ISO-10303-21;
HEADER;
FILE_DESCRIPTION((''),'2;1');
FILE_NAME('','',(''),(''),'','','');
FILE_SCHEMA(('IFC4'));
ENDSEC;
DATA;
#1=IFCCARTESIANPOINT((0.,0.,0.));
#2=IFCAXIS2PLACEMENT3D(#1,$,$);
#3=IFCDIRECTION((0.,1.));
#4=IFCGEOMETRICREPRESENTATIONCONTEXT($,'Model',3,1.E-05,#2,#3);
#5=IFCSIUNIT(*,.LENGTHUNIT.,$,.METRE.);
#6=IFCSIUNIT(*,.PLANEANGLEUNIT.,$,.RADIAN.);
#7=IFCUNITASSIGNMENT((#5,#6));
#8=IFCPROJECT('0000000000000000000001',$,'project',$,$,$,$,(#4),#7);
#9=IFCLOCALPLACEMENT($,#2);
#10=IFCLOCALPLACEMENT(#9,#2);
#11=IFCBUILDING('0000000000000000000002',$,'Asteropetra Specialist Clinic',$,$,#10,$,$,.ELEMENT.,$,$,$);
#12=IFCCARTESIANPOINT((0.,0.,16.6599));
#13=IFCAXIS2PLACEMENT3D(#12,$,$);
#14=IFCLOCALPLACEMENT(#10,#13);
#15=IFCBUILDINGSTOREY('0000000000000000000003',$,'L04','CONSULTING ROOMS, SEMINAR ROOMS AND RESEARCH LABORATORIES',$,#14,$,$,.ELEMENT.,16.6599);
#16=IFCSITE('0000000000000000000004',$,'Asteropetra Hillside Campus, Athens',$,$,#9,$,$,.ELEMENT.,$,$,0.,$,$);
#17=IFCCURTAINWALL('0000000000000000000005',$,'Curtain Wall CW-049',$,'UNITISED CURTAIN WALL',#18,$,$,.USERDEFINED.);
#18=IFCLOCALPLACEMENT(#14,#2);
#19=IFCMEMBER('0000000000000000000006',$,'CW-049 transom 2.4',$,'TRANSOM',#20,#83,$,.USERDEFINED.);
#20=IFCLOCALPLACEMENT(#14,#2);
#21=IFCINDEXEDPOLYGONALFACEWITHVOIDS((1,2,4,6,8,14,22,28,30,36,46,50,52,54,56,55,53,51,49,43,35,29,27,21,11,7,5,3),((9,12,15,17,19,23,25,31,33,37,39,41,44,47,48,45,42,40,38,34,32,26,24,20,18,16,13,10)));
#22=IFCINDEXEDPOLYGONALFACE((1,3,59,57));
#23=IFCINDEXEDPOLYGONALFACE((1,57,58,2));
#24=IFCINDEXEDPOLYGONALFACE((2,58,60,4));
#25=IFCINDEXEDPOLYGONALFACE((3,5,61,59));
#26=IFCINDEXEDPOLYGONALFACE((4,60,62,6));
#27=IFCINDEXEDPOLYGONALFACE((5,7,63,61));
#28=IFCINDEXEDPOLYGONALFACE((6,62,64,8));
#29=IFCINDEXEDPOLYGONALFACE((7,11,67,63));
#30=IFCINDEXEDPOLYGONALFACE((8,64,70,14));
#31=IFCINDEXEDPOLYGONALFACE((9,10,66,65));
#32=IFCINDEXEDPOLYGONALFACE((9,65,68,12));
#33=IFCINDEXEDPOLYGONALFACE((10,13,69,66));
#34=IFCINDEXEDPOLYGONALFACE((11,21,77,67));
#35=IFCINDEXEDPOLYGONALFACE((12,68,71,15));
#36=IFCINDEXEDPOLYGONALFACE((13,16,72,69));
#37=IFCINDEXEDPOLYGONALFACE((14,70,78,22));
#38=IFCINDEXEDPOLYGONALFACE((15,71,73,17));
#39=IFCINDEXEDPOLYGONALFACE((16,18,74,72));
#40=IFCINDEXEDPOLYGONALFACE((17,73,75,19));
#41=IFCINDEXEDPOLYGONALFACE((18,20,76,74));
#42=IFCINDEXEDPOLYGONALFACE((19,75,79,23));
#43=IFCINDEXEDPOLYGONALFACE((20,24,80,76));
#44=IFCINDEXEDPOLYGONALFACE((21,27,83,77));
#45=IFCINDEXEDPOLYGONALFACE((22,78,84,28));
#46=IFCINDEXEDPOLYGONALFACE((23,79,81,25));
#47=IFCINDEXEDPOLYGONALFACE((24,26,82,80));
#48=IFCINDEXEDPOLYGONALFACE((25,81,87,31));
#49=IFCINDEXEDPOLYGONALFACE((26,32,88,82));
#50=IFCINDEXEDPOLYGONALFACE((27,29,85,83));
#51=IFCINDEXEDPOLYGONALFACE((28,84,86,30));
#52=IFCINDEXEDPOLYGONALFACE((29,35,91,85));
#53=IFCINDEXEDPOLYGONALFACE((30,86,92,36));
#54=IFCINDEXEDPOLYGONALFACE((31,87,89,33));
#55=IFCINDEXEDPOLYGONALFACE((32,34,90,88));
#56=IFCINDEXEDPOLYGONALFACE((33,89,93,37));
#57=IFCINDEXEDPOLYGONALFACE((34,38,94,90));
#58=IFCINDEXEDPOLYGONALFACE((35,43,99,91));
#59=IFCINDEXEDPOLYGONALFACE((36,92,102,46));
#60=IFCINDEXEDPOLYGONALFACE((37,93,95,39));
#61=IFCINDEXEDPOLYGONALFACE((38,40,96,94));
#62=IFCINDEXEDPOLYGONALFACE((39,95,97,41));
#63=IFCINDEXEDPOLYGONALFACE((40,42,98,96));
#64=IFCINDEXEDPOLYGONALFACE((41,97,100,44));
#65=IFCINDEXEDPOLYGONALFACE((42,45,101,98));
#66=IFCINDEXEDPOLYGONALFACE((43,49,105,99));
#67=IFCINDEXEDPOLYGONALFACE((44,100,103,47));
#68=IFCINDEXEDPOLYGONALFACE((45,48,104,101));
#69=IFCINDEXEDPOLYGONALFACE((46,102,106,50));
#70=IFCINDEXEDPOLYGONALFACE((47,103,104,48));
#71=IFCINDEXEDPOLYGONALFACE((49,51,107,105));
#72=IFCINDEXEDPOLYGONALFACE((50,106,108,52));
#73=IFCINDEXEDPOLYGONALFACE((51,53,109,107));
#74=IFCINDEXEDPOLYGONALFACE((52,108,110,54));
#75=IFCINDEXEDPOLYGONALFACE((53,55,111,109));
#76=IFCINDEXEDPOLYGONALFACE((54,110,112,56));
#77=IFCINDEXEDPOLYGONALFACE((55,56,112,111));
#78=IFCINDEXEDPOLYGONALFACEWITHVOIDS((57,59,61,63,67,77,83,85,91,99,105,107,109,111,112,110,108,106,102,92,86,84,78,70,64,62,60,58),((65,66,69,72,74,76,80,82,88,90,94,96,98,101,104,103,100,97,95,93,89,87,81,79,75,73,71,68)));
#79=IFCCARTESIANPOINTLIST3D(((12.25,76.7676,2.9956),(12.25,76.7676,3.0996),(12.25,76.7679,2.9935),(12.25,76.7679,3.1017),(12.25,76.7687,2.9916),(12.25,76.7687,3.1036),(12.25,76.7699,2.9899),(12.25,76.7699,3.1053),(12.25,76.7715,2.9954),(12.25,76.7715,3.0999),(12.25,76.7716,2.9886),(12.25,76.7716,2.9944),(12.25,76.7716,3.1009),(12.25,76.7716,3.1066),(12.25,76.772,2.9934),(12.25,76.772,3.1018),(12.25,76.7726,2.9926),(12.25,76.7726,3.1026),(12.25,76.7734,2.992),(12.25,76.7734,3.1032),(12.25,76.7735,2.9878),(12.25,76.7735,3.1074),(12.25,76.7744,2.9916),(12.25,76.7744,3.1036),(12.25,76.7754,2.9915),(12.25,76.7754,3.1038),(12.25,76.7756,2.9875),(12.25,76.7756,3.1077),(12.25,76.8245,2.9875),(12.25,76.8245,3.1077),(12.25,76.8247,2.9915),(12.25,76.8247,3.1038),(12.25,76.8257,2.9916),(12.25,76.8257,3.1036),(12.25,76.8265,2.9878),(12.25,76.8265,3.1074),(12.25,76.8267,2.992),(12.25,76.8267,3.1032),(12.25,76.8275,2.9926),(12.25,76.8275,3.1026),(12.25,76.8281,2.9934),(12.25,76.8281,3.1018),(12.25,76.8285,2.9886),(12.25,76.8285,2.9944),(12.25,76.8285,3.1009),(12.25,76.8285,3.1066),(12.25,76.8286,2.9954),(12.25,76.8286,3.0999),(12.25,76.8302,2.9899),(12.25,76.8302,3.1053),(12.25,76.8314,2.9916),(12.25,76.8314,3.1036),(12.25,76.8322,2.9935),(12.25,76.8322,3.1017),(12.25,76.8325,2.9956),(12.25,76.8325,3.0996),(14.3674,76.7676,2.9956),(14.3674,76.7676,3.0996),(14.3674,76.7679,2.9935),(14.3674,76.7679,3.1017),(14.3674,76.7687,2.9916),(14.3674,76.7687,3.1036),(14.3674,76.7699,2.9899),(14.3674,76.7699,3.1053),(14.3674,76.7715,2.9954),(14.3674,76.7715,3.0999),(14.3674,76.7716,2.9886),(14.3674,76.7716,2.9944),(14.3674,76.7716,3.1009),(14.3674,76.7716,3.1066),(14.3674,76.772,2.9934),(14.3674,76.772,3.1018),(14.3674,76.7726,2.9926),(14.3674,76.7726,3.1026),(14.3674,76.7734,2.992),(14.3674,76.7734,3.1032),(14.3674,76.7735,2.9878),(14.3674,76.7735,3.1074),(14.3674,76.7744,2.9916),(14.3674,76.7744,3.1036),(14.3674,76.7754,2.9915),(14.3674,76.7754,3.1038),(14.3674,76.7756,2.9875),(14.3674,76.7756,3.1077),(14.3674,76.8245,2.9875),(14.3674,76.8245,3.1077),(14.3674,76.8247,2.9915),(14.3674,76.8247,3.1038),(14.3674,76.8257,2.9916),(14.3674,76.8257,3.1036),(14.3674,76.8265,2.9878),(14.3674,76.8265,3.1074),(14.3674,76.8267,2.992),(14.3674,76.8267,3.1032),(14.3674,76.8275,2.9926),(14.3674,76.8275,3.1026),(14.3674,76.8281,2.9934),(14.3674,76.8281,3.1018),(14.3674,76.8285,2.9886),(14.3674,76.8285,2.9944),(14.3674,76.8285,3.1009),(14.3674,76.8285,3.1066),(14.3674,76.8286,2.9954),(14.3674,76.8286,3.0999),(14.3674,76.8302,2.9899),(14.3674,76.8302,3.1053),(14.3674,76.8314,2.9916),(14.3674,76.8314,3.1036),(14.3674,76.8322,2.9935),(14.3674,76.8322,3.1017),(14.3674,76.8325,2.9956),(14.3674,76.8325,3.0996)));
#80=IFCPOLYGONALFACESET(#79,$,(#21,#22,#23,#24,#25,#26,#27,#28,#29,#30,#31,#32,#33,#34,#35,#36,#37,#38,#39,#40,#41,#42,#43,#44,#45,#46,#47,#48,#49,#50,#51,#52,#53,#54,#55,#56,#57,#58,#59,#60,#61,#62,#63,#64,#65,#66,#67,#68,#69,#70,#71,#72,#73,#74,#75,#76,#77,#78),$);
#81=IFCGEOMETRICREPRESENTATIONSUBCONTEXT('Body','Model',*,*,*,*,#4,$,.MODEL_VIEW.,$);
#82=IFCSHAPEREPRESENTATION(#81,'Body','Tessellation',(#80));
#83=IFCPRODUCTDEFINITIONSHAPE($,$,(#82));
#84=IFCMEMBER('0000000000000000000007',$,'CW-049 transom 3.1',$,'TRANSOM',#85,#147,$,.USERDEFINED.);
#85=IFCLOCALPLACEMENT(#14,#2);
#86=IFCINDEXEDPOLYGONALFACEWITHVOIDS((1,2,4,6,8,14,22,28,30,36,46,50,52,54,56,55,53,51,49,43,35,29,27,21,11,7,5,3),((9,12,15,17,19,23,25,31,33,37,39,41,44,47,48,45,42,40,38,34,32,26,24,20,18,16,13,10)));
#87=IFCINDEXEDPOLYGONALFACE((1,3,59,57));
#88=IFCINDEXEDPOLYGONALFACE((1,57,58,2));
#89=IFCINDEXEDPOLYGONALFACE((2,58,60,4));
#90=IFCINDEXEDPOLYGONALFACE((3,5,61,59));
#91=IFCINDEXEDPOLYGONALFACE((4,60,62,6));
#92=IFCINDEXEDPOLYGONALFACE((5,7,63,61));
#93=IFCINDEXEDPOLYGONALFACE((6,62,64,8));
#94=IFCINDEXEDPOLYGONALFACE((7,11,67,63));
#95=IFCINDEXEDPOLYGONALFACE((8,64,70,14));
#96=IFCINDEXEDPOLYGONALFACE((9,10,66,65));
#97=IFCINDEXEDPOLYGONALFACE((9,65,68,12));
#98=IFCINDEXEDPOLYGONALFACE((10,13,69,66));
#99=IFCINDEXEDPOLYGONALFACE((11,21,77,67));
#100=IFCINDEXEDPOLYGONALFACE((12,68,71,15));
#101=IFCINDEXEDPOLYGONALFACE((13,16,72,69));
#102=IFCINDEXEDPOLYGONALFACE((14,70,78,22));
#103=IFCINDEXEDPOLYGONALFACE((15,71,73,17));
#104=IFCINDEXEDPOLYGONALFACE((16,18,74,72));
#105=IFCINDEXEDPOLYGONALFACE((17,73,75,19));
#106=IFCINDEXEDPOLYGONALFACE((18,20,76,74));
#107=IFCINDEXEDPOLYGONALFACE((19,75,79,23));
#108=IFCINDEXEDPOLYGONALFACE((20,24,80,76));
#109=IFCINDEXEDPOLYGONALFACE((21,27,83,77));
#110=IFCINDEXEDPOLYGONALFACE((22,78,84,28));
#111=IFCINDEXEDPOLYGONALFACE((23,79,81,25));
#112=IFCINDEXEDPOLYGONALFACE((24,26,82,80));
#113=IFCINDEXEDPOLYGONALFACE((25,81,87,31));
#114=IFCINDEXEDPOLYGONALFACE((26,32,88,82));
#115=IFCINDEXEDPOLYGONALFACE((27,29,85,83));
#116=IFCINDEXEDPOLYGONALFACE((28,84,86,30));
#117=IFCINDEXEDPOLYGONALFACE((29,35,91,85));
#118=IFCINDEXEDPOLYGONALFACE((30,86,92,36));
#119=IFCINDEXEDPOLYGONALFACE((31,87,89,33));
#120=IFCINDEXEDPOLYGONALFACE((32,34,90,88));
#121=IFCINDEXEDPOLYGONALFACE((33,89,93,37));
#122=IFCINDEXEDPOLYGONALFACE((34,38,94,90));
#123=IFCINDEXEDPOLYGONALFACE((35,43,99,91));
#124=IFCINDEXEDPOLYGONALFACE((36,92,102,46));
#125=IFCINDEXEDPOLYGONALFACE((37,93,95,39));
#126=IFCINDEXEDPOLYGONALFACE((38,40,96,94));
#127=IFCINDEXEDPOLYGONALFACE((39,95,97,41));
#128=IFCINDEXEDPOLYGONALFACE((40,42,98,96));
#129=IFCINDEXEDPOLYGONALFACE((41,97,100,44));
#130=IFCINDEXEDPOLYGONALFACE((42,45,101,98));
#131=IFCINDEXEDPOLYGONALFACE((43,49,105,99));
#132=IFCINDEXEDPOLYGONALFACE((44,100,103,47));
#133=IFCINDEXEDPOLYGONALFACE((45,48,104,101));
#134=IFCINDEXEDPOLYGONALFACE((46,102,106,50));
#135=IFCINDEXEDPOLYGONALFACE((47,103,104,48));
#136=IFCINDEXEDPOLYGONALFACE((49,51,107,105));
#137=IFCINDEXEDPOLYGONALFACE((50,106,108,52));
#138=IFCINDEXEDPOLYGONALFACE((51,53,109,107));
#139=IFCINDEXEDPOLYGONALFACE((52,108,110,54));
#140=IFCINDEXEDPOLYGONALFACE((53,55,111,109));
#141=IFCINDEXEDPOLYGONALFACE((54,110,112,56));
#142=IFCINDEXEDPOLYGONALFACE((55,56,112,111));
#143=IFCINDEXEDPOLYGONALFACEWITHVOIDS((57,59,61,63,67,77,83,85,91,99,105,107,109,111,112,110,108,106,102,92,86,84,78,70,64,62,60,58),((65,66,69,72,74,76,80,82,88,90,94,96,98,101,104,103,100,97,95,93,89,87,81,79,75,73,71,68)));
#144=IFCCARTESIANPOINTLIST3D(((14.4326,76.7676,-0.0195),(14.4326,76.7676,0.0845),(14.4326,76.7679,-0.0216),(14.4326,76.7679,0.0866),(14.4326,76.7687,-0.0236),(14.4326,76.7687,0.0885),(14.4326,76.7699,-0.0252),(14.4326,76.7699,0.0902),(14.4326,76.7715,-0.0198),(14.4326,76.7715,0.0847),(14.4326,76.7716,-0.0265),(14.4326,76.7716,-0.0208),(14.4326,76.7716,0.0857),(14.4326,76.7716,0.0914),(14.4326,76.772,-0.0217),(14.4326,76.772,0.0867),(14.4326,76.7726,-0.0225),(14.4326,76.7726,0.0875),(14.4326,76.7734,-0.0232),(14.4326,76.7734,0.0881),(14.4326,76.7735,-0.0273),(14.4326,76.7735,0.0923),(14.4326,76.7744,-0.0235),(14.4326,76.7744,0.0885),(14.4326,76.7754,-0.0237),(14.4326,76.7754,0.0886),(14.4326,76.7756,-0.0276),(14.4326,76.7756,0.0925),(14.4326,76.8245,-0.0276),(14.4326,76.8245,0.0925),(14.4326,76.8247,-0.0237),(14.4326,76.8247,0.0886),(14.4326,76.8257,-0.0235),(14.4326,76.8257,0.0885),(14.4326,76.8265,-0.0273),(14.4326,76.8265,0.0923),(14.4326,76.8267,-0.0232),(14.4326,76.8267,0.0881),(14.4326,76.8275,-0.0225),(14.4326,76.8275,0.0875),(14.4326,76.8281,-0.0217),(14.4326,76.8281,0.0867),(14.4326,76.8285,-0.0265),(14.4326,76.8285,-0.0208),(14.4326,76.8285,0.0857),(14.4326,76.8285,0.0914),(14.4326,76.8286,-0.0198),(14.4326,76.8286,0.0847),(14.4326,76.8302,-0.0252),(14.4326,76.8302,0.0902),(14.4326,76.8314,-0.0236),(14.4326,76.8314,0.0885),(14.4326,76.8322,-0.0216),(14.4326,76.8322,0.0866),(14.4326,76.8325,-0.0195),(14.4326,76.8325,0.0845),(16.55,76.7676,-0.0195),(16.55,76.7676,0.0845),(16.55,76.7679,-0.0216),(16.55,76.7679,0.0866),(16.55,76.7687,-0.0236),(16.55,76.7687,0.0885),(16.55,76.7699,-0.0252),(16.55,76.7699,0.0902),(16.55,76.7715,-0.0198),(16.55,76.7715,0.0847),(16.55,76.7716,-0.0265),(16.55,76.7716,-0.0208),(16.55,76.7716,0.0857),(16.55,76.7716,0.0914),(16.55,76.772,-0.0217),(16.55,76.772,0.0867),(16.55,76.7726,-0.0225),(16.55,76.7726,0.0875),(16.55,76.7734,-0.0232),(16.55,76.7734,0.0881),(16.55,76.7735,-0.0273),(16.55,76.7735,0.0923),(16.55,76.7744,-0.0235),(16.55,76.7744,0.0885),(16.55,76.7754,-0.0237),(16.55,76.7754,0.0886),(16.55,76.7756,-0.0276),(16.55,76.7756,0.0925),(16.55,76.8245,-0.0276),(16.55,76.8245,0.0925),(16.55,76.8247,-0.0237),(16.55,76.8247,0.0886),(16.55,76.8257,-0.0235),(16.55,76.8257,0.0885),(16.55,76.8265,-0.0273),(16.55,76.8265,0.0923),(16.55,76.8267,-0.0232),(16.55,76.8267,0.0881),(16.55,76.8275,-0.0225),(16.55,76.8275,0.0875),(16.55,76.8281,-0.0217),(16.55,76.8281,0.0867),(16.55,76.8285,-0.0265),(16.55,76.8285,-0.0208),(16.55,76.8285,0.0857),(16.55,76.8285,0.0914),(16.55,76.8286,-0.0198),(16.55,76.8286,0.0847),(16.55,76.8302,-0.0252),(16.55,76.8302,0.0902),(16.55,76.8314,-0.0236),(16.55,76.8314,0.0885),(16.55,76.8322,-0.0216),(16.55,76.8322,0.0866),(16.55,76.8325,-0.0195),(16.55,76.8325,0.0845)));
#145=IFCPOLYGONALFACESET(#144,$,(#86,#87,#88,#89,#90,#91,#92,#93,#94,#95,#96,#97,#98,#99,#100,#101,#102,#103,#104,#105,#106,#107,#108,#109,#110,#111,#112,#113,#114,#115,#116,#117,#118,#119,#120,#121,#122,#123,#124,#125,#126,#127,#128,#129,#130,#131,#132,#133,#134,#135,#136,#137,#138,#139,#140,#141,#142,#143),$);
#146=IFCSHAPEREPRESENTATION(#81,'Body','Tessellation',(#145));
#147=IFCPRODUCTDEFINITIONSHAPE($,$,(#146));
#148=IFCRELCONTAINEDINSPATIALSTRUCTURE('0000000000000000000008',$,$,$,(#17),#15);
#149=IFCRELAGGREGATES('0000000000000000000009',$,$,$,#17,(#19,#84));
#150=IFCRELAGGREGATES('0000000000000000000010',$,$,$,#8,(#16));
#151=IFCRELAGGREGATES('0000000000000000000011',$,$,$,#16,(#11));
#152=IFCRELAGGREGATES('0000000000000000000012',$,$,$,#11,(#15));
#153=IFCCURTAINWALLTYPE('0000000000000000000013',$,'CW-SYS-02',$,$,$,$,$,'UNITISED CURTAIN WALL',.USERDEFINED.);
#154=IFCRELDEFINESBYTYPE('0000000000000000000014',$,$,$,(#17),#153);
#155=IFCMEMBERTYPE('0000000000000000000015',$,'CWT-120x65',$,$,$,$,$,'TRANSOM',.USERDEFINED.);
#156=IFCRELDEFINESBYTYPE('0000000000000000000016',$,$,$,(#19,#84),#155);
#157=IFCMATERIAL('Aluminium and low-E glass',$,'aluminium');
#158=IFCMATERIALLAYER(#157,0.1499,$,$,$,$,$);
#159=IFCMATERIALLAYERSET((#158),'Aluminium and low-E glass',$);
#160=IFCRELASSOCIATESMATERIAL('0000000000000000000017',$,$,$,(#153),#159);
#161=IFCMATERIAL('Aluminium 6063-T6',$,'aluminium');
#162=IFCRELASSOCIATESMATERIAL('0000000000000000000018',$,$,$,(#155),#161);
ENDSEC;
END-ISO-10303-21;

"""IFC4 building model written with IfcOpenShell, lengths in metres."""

from ifc_helpers import new_model, si_unit, direction, frame, origin, origin_2d, place, context, subcontext, project, spatial, hollow_rectangle, extrude, material, layer, layer_set, material_profile, profile_set, type_object, element, aggregate, save


model = new_model("IFC4")

# Units and contexts
model_context = context("Model", 3, precision=1e-05, world=origin(), true_north=direction((0.0, 1.0)))
body_context = subcontext(model_context, "Body", "Model", "MODEL_VIEW")
ifc_project = project(units=[si_unit("LENGTHUNIT", "METRE"), si_unit("PLANEANGLEUNIT", "RADIAN")], contexts=[model_context])

# Site, building, storey
site_placement = place(None, origin())
site = spatial("IfcSite", under=ifc_project, at=site_placement, Name="Asteropetra Hillside Campus, Athens", CompositionType="ELEMENT", RefElevation=0.0)
building_placement = place(site_placement, origin())
building = spatial("IfcBuilding", under=site, at=building_placement, Name="Asteropetra Specialist Clinic", CompositionType="ELEMENT")
storey_placement = place(building_placement, frame((0.0, 0.0, 16.6599)))
storey = spatial("IfcBuildingStorey", under=building, at=storey_placement, Name="L04", Description="CONSULTING ROOMS, SEMINAR ROOMS AND RESEARCH LABORATORIES", CompositionType="ELEMENT", Elevation=16.6599)

# Curtain wall, members
ifc_material_1 = material(Name="Aluminium and low-E glass", Category="aluminium")
ifc_layer_1 = layer(ifc_material_1, 0.1499)
ifc_layer_set_1 = layer_set([ifc_layer_1], Name="Aluminium and low-E glass")
curtain_wall_type = type_object("IfcCurtainWallType", Name="CW-SYS-02", ElementType="UNITISED CURTAIN WALL", PredefinedType="USERDEFINED", material=ifc_layer_set_1)
curtain_wall_placement = place(storey_placement, origin())
curtain_wall = element("IfcCurtainWall", 1, at=curtain_wall_placement, inside=storey, type_object=curtain_wall_type, Name="Curtain Wall CW-049", ObjectType="UNITISED CURTAIN WALL", PredefinedType="USERDEFINED")
ifc_material_2 = material(Name="Aluminium 6063-T6", Category="aluminium")
ifc_material_profile_1 = material_profile(ifc_material_2, hollow_rectangle(XDim=0.0649, YDim=0.1201, WallThickness=0.0039, InnerFilletRadius=0.0039, OuterFilletRadius=0.0081, at=origin_2d()), Name="TRN 120x65x4.0")
ifc_profile_set_1 = profile_set([ifc_material_profile_1], Name="Aluminium 6063-T6")
member_type_1 = type_object("IfcMemberType", Name="CWT-120x65", ElementType="TRANSOM", PredefinedType="USERDEFINED", material=ifc_profile_set_1)
member_1_placement = place(storey_placement, frame((12.25, 76.8, 3.0476), z_axis=(1.0, 0.0, 0.0), x_axis=(0.0, 1.0, 0.0)))
member_1 = element("IfcMember", 2, at=member_1_placement, type_object=member_type_1, Name="CW-049 transom 2.4", ObjectType="TRANSOM", PredefinedType="USERDEFINED", context=body_context, shape_type="SweptSolid", body=[
    extrude(hollow_rectangle(XDim=0.0649, YDim=0.1201, WallThickness=0.0039, InnerFilletRadius=0.0039, OuterFilletRadius=0.0081, at=origin_2d()), origin(), (0.0, 0.0, 1.0), 2.1174),
])
member_2_placement = place(storey_placement, frame((14.4326, 76.8, 0.0325), z_axis=(1.0, 0.0, 0.0), x_axis=(0.0, 1.0, 0.0)))
member_2 = element("IfcMember", 3, at=member_2_placement, type_object=member_type_1, Name="CW-049 transom 3.1", ObjectType="TRANSOM", PredefinedType="USERDEFINED", context=body_context, shape_type="SweptSolid", body=[
    extrude(hollow_rectangle(XDim=0.0649, YDim=0.1201, WallThickness=0.0039, InnerFilletRadius=0.0039, OuterFilletRadius=0.0081, at=origin_2d()), origin(), (0.0, 0.0, 1.0), 2.1174),
])

aggregate(curtain_wall, [member_1, member_2])

save(model, "model.ifc")
